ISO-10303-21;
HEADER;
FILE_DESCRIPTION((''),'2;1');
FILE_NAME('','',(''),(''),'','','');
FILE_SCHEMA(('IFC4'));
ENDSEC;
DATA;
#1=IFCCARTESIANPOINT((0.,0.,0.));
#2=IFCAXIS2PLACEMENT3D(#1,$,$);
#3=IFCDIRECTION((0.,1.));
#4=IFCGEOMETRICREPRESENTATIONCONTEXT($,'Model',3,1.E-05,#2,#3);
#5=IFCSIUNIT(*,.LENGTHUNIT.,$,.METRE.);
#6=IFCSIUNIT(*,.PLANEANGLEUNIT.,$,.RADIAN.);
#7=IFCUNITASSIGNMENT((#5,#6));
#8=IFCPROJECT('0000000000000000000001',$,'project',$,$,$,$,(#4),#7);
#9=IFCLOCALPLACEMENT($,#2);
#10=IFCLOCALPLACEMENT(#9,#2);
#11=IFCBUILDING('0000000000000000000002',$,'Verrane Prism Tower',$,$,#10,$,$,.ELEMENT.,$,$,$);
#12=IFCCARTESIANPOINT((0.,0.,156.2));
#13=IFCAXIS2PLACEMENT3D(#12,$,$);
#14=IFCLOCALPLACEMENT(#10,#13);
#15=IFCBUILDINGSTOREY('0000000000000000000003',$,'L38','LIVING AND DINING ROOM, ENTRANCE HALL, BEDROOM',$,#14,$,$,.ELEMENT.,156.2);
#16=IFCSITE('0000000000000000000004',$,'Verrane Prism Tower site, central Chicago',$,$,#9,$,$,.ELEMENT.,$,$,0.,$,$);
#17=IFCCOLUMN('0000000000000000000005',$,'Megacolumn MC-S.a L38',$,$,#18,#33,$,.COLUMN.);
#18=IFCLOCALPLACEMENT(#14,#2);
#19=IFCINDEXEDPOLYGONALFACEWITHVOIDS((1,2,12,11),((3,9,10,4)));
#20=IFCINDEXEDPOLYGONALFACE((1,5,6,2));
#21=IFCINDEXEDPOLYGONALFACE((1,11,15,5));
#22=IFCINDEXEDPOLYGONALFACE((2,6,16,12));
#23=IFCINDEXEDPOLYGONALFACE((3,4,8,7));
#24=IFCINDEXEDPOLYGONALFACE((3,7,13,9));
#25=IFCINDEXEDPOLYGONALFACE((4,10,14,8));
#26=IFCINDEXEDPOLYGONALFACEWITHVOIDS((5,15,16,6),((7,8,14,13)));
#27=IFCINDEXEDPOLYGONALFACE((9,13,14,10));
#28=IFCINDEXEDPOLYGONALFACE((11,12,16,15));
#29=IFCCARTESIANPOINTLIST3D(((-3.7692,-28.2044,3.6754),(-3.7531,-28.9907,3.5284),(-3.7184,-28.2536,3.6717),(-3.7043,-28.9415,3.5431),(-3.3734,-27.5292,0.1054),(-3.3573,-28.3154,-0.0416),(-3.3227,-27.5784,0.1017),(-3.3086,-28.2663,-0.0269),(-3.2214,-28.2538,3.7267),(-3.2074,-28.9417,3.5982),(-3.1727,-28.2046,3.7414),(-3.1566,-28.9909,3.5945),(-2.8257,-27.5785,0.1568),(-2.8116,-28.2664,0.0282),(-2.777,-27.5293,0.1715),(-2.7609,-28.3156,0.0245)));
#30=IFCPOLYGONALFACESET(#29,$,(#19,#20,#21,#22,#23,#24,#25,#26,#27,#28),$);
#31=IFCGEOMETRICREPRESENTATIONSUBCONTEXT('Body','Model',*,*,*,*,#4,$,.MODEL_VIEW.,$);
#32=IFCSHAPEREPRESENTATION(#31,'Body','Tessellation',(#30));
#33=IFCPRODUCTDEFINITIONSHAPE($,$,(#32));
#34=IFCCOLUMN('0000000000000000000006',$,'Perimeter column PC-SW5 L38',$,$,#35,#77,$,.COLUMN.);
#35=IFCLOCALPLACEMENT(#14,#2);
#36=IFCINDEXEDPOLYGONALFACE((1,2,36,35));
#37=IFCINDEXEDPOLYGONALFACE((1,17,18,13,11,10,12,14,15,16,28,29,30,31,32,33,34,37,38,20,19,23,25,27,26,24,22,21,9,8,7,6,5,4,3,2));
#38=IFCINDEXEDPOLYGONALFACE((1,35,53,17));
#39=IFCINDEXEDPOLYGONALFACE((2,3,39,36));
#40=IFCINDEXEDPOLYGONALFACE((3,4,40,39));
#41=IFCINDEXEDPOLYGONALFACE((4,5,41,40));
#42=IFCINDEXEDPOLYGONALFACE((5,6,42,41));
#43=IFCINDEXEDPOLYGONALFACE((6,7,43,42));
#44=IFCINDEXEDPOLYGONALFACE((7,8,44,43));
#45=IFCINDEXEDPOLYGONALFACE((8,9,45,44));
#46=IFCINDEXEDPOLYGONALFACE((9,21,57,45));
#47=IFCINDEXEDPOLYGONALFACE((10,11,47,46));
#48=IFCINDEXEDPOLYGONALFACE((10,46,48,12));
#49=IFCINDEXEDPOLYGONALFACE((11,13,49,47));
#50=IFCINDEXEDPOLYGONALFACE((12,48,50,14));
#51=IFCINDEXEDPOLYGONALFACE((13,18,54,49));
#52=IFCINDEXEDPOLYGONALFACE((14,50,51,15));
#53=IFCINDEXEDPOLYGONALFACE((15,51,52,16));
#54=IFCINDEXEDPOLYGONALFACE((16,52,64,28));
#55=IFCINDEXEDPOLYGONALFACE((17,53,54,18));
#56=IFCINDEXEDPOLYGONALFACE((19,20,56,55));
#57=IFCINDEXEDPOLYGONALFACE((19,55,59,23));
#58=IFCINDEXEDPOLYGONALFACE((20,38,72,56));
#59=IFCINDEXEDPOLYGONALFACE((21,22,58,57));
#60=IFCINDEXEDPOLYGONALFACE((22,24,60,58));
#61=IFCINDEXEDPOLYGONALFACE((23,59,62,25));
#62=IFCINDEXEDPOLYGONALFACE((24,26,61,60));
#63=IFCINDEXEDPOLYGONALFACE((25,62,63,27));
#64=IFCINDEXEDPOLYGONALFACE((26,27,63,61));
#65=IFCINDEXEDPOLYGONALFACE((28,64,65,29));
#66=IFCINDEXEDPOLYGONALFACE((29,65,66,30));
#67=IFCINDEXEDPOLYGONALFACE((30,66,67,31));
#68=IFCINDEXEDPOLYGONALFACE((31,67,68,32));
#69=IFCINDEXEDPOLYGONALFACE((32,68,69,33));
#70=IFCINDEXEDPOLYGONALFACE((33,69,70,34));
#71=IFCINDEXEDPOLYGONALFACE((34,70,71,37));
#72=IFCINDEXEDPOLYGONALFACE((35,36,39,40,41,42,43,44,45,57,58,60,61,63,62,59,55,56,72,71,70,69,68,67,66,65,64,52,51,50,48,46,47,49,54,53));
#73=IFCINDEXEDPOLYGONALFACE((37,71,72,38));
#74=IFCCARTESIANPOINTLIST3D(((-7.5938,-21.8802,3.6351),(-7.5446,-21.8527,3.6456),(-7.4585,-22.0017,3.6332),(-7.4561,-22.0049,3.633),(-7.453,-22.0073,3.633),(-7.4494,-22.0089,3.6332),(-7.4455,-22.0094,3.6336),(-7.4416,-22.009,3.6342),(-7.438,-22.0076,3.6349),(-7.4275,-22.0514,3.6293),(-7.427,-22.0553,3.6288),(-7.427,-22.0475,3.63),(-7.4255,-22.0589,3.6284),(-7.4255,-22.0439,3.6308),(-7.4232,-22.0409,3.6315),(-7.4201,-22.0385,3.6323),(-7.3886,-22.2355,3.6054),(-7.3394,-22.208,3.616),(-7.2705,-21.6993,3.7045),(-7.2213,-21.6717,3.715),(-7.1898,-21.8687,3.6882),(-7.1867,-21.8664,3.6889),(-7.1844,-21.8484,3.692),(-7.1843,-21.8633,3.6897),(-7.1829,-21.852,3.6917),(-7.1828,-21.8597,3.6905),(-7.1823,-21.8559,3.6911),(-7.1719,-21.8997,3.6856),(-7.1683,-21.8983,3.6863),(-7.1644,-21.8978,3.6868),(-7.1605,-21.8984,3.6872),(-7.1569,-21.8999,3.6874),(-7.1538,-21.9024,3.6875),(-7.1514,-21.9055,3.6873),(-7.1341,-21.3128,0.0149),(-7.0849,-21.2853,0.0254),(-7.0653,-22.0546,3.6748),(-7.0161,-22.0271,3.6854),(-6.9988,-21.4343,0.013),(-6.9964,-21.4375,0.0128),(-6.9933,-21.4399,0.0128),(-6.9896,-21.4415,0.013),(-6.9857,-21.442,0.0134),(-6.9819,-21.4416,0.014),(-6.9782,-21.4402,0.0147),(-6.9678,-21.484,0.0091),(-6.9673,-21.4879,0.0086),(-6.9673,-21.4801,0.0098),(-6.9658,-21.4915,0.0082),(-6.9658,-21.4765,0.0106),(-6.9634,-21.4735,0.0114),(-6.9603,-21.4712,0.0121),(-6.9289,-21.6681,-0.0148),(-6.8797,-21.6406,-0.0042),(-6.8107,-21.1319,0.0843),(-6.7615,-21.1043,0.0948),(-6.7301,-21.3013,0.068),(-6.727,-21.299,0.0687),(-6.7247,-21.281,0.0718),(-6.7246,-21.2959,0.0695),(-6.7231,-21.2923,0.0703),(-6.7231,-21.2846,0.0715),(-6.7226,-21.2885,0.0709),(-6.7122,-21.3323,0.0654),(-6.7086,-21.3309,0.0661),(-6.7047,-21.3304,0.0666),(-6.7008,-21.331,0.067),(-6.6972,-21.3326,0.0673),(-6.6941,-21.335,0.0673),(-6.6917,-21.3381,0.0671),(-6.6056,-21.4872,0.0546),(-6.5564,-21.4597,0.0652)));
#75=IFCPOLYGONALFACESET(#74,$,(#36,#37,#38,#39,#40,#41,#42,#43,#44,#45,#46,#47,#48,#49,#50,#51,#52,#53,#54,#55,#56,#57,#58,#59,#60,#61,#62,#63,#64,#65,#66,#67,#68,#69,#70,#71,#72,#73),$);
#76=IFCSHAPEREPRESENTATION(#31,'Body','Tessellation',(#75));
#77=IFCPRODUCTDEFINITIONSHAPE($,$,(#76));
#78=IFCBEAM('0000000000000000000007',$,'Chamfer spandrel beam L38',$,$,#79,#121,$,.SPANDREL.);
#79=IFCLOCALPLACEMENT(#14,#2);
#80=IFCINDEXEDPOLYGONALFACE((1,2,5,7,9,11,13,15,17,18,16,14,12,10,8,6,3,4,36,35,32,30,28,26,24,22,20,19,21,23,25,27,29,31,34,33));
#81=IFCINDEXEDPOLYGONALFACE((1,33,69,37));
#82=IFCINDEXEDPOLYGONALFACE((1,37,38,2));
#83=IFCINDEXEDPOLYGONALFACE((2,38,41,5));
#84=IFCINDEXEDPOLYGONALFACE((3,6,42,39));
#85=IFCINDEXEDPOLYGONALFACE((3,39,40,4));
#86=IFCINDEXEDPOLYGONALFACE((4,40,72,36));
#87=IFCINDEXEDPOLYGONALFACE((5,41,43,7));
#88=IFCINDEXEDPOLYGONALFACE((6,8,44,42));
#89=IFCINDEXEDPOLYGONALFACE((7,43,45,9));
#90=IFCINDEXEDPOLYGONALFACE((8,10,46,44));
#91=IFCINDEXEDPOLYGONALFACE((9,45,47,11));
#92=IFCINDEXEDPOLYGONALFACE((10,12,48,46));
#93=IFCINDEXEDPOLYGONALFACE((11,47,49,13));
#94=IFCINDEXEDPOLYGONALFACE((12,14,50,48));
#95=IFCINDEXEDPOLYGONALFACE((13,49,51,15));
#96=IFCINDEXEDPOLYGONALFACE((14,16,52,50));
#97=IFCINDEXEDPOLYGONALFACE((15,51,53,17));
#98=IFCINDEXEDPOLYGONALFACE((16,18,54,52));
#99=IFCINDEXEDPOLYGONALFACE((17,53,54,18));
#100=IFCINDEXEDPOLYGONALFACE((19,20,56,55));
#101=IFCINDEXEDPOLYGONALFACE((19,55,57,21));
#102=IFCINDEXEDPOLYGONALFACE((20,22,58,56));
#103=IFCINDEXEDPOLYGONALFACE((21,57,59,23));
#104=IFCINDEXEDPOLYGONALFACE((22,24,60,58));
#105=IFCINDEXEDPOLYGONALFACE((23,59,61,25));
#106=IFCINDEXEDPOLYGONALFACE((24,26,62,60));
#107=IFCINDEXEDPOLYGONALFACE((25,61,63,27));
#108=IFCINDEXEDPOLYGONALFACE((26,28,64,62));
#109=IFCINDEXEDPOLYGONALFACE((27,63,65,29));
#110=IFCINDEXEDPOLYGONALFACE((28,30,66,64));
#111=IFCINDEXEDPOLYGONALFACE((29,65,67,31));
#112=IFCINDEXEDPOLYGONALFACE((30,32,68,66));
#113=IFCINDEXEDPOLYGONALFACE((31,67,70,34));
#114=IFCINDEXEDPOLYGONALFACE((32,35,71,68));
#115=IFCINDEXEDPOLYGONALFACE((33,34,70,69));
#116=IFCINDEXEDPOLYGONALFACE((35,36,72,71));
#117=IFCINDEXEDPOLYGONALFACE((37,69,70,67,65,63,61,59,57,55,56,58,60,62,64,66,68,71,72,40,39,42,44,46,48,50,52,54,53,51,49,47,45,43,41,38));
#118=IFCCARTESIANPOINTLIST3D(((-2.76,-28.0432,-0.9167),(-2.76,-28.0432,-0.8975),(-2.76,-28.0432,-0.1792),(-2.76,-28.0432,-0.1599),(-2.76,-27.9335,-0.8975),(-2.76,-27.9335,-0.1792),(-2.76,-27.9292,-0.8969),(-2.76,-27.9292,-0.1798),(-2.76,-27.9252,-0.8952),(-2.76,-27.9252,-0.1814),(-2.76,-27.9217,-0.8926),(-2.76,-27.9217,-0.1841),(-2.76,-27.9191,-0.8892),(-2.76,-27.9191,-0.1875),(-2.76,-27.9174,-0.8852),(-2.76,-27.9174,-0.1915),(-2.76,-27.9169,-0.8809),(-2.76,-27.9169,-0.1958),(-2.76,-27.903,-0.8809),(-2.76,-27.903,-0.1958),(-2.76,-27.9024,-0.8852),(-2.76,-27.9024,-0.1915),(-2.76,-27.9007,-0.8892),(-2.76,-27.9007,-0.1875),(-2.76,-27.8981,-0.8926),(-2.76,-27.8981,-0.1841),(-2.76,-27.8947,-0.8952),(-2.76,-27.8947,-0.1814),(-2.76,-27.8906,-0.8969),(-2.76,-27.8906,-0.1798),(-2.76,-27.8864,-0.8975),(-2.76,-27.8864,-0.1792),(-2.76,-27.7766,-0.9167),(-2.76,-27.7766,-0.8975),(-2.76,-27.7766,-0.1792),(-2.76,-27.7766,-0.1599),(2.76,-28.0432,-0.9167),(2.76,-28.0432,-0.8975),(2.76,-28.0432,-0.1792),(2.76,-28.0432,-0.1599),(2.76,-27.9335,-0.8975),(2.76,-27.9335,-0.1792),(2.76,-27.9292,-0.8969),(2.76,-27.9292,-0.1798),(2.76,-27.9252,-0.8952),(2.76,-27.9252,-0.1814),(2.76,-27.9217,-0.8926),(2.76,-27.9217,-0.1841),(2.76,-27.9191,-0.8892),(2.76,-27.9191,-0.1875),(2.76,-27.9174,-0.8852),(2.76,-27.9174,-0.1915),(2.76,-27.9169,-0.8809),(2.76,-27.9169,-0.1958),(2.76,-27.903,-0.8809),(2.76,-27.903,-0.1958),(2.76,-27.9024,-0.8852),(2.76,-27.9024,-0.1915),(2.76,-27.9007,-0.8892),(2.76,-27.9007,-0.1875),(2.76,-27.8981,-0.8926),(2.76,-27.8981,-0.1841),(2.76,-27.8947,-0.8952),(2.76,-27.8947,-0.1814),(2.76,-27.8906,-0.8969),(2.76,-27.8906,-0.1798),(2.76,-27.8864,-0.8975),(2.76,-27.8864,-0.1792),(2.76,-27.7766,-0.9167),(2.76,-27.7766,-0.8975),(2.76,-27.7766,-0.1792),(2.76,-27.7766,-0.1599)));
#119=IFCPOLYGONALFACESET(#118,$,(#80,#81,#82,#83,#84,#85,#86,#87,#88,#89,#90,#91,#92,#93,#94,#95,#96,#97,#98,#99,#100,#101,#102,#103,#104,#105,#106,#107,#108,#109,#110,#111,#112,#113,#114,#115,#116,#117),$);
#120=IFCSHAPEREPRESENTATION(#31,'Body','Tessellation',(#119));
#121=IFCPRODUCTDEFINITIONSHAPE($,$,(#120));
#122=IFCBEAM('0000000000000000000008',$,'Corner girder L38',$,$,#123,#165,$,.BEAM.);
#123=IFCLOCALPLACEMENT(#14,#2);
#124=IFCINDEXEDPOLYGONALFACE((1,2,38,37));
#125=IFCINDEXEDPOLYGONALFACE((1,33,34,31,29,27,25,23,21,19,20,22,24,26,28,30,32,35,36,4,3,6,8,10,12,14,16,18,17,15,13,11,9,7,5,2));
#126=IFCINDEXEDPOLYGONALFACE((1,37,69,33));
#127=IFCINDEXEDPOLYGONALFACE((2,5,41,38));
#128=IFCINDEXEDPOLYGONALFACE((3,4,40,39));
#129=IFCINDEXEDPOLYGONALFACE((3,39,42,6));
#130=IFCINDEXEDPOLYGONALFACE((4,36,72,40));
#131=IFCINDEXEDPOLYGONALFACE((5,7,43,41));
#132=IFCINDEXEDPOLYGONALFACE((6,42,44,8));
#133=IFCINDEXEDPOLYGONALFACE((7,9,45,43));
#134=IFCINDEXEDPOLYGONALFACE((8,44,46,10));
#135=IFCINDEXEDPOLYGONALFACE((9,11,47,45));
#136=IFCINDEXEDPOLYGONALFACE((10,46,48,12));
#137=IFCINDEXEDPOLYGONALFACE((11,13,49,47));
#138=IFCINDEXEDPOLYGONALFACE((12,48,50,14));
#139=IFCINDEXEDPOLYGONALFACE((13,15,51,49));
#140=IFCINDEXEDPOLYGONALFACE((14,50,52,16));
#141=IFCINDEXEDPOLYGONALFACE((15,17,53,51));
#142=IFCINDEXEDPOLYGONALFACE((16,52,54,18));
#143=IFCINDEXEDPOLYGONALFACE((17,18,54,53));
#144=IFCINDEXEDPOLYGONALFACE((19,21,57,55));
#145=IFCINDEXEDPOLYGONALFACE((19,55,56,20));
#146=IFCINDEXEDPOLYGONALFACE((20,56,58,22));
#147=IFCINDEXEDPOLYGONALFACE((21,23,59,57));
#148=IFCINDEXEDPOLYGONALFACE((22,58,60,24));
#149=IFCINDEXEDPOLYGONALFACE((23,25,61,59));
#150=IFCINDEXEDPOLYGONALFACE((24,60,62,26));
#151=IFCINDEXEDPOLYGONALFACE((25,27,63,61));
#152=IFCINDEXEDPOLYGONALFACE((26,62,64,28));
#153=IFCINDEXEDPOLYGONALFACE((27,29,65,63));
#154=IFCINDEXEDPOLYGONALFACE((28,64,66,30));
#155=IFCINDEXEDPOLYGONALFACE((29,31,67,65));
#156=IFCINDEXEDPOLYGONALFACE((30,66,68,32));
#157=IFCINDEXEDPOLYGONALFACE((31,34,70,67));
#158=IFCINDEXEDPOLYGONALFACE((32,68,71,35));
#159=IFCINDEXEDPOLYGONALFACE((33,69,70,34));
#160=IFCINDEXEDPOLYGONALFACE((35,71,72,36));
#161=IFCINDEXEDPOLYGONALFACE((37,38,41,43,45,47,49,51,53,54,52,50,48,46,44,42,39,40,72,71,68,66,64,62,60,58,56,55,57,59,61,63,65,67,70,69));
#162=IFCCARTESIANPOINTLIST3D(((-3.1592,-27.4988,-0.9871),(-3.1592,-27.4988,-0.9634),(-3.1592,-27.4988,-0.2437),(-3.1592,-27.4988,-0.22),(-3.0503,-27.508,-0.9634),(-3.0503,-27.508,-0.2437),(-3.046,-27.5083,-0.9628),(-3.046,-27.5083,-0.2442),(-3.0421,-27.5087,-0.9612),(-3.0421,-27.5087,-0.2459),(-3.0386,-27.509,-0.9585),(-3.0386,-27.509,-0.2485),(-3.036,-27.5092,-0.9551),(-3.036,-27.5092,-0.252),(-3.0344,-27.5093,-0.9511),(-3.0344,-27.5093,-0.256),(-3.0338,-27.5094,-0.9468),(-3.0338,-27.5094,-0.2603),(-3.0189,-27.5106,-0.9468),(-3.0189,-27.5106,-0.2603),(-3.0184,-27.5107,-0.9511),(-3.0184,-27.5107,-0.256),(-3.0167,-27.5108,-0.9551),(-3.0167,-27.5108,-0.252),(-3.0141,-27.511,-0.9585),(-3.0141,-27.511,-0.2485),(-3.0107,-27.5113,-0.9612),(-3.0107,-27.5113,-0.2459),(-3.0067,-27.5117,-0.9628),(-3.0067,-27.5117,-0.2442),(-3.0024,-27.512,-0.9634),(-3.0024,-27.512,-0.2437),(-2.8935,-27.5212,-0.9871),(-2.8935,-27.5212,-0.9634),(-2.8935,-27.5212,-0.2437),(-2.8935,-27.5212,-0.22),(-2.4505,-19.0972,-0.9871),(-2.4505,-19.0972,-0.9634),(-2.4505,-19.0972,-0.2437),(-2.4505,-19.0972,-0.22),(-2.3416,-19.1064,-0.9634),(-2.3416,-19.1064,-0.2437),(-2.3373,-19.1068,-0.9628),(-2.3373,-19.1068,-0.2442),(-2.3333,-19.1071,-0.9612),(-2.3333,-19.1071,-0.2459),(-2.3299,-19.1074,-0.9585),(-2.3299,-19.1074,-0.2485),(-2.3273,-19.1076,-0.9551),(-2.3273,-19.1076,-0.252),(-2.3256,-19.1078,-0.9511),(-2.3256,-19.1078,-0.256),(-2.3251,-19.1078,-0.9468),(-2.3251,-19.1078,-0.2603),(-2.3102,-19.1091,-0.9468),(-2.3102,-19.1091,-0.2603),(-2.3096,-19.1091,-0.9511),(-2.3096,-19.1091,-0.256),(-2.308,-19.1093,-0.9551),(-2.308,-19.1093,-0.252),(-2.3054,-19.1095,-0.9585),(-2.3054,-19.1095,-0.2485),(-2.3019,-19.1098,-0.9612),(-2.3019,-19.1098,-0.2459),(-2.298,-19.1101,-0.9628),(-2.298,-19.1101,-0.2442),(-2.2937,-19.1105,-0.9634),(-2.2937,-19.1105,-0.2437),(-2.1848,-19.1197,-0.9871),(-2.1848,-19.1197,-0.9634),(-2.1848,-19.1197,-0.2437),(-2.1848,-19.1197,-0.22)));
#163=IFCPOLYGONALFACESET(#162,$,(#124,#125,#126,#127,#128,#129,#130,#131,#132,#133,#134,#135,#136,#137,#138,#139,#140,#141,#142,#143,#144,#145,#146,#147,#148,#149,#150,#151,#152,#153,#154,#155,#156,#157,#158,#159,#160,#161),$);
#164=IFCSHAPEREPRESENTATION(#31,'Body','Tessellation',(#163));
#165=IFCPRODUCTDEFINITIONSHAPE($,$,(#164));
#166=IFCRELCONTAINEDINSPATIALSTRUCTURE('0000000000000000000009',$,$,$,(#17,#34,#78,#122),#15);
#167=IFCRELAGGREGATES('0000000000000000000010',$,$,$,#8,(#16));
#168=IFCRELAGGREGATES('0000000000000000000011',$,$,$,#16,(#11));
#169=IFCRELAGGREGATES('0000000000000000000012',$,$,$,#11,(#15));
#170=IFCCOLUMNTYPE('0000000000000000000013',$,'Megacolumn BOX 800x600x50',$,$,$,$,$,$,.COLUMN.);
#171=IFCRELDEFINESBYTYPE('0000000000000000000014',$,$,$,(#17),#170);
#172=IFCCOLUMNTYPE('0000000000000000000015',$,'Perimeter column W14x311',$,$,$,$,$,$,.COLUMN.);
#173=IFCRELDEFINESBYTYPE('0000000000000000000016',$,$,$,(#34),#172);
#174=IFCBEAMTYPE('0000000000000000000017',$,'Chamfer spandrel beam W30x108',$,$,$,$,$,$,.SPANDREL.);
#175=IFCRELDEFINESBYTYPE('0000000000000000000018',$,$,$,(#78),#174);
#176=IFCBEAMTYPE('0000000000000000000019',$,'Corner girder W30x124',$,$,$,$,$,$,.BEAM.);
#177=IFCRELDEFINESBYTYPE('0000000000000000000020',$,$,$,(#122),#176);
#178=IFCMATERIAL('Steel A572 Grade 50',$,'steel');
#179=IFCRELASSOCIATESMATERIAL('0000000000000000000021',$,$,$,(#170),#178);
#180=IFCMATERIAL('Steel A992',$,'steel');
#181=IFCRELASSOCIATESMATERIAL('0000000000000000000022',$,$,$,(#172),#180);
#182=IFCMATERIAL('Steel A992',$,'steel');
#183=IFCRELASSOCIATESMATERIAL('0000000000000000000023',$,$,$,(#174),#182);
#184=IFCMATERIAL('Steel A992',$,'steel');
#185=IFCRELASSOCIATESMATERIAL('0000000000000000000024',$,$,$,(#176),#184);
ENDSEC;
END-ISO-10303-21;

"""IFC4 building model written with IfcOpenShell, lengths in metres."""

from ifc_helpers import new_model, si_unit, direction, frame, origin, origin_2d, place, context, subcontext, project, spatial, hollow_rectangle, i_section, extrude, material, material_profile, profile_set, type_object, element, save


model = new_model("IFC4")

# Units and contexts
model_context = context("Model", 3, precision=1e-05, world=origin(), true_north=direction((0.0, 1.0)))
body_context = subcontext(model_context, "Body", "Model", "MODEL_VIEW")
ifc_project = project(units=[si_unit("LENGTHUNIT", "METRE"), si_unit("PLANEANGLEUNIT", "RADIAN")], contexts=[model_context])

# Site, building, storey
site_placement = place(None, origin())
site = spatial("IfcSite", under=ifc_project, at=site_placement, Name="Verrane Prism Tower site, central Chicago", CompositionType="ELEMENT", RefElevation=0.0)
building_placement = place(site_placement, origin())
building = spatial("IfcBuilding", under=site, at=building_placement, Name="Verrane Prism Tower", CompositionType="ELEMENT")
storey_placement = place(building_placement, frame((0.0, 0.0, 156.2)))
storey = spatial("IfcBuildingStorey", under=building, at=storey_placement, Name="L38", Description="LIVING AND DINING ROOM, ENTRANCE HALL, BEDROOM", CompositionType="ELEMENT", Elevation=156.2)

# Columns
ifc_material_1 = material(Name="Steel A572 Grade 50", Category="steel")
ifc_material_profile_1 = material_profile(ifc_material_1, hollow_rectangle(XDim=0.6001, YDim=0.8, WallThickness=0.05, at=origin_2d()), Name="BOX 800x600x50")
ifc_profile_set_1 = profile_set([ifc_material_profile_1], Name="Steel A572 Grade 50")
column_type_1 = type_object("IfcColumnType", Name="Megacolumn BOX 800x600x50", PredefinedType="COLUMN", material=ifc_profile_set_1)
column_1_placement = place(storey_placement, frame((-3.0671, -27.9224, 0.0649), z_axis=(-0.108281, -0.184766, 0.976799), x_axis=(-0.993917, 0.000245, -0.110132)))
element("IfcColumn", 1, at=column_1_placement, inside=storey, type_object=column_type_1, Name="Megacolumn MC-S.a L38", PredefinedType="COLUMN", context=body_context, shape_type="SweptSolid", body=[
    extrude(hollow_rectangle(XDim=0.6001, YDim=0.8, WallThickness=0.05, at=origin_2d()), origin(), (0.0, 0.0, 1.0), 3.6548),
])
ifc_material_2 = material(Name="Steel A992", Category="steel")
ifc_material_profile_2 = material_profile(ifc_material_2, i_section(OverallWidth=0.4114, OverallDepth=0.4343, WebThickness=0.0359, FlangeThickness=0.0574, FilletRadius=0.0151, at=origin_2d()), Name="W14x311")
ifc_profile_set_2 = profile_set([ifc_material_profile_2], Name="Steel A992")
column_type_2 = type_object("IfcColumnType", Name="Perimeter column W14x311", PredefinedType="COLUMN", material=ifc_profile_set_2)
column_2_placement = place(storey_placement, frame((-6.8452, -21.3862, 0.04), z_axis=(-0.124482, -0.153636, 0.980255), x_axis=(-0.498752, 0.863746, 0.072039)))
element("IfcColumn", 2, at=column_2_placement, inside=storey, type_object=column_type_2, Name="Perimeter column PC-SW5 L38", PredefinedType="COLUMN", context=body_context, shape_type="SweptSolid", body=[
    extrude(i_section(OverallWidth=0.4114, OverallDepth=0.4343, WebThickness=0.0359, FlangeThickness=0.0574, FilletRadius=0.0151, at=origin_2d()), origin(), (0.0, 0.0, 1.0), 3.6931),
])

# Beams
ifc_material_3 = material(Name="Steel A992", Category="steel")
ifc_material_profile_3 = material_profile(ifc_material_3, i_section(OverallWidth=0.2666, OverallDepth=0.7568, WebThickness=0.0139, FlangeThickness=0.0193, FilletRadius=0.0166, at=origin_2d()), Name="W30x108")
ifc_profile_set_3 = profile_set([ifc_material_profile_3], Name="Steel A992")
beam_type_1 = type_object("IfcBeamType", Name="Chamfer spandrel beam W30x108", PredefinedType="SPANDREL", material=ifc_profile_set_3)
beam_1_placement = place(storey_placement, frame((-2.76, -27.9099, -0.5383), z_axis=(1.0, 0.0, 0.0), x_axis=(0.0, 1.0, 0.0)))
element("IfcBeam", 3, at=beam_1_placement, inside=storey, type_object=beam_type_1, Name="Chamfer spandrel beam L38", PredefinedType="SPANDREL", context=body_context, shape_type="SweptSolid", body=[
    extrude(i_section(OverallWidth=0.2666, OverallDepth=0.7568, WebThickness=0.0139, FlangeThickness=0.0193, FilletRadius=0.0166, at=origin_2d()), origin(), (0.0, 0.0, 1.0), 5.52),
])
ifc_material_4 = material(Name="Steel A992", Category="steel")
ifc_material_profile_4 = material_profile(ifc_material_4, i_section(OverallWidth=0.2666, OverallDepth=0.7671, WebThickness=0.0149, FlangeThickness=0.0237, FilletRadius=0.0166, at=origin_2d()), Name="W30x124")
ifc_profile_set_4 = profile_set([ifc_material_profile_4], Name="Steel A992")
beam_type_2 = type_object("IfcBeamType", Name="Corner girder W30x124", PredefinedType="BEAM", material=ifc_profile_set_4)
beam_2_placement = place(storey_placement, frame((-3.0264, -27.51, -0.6035), z_axis=(0.084059, 0.996461, 0.0), x_axis=(-0.996461, 0.084059, 0.0)))
element("IfcBeam", 4, at=beam_2_placement, inside=storey, type_object=beam_type_2, Name="Corner girder L38", PredefinedType="BEAM", context=body_context, shape_type="SweptSolid", body=[
    extrude(i_section(OverallWidth=0.2666, OverallDepth=0.7671, WebThickness=0.0149, FlangeThickness=0.0237, FilletRadius=0.0166, at=origin_2d()), origin(), (0.0, 0.0, 1.0), 8.4314),
])

save(model, "model.ifc")
